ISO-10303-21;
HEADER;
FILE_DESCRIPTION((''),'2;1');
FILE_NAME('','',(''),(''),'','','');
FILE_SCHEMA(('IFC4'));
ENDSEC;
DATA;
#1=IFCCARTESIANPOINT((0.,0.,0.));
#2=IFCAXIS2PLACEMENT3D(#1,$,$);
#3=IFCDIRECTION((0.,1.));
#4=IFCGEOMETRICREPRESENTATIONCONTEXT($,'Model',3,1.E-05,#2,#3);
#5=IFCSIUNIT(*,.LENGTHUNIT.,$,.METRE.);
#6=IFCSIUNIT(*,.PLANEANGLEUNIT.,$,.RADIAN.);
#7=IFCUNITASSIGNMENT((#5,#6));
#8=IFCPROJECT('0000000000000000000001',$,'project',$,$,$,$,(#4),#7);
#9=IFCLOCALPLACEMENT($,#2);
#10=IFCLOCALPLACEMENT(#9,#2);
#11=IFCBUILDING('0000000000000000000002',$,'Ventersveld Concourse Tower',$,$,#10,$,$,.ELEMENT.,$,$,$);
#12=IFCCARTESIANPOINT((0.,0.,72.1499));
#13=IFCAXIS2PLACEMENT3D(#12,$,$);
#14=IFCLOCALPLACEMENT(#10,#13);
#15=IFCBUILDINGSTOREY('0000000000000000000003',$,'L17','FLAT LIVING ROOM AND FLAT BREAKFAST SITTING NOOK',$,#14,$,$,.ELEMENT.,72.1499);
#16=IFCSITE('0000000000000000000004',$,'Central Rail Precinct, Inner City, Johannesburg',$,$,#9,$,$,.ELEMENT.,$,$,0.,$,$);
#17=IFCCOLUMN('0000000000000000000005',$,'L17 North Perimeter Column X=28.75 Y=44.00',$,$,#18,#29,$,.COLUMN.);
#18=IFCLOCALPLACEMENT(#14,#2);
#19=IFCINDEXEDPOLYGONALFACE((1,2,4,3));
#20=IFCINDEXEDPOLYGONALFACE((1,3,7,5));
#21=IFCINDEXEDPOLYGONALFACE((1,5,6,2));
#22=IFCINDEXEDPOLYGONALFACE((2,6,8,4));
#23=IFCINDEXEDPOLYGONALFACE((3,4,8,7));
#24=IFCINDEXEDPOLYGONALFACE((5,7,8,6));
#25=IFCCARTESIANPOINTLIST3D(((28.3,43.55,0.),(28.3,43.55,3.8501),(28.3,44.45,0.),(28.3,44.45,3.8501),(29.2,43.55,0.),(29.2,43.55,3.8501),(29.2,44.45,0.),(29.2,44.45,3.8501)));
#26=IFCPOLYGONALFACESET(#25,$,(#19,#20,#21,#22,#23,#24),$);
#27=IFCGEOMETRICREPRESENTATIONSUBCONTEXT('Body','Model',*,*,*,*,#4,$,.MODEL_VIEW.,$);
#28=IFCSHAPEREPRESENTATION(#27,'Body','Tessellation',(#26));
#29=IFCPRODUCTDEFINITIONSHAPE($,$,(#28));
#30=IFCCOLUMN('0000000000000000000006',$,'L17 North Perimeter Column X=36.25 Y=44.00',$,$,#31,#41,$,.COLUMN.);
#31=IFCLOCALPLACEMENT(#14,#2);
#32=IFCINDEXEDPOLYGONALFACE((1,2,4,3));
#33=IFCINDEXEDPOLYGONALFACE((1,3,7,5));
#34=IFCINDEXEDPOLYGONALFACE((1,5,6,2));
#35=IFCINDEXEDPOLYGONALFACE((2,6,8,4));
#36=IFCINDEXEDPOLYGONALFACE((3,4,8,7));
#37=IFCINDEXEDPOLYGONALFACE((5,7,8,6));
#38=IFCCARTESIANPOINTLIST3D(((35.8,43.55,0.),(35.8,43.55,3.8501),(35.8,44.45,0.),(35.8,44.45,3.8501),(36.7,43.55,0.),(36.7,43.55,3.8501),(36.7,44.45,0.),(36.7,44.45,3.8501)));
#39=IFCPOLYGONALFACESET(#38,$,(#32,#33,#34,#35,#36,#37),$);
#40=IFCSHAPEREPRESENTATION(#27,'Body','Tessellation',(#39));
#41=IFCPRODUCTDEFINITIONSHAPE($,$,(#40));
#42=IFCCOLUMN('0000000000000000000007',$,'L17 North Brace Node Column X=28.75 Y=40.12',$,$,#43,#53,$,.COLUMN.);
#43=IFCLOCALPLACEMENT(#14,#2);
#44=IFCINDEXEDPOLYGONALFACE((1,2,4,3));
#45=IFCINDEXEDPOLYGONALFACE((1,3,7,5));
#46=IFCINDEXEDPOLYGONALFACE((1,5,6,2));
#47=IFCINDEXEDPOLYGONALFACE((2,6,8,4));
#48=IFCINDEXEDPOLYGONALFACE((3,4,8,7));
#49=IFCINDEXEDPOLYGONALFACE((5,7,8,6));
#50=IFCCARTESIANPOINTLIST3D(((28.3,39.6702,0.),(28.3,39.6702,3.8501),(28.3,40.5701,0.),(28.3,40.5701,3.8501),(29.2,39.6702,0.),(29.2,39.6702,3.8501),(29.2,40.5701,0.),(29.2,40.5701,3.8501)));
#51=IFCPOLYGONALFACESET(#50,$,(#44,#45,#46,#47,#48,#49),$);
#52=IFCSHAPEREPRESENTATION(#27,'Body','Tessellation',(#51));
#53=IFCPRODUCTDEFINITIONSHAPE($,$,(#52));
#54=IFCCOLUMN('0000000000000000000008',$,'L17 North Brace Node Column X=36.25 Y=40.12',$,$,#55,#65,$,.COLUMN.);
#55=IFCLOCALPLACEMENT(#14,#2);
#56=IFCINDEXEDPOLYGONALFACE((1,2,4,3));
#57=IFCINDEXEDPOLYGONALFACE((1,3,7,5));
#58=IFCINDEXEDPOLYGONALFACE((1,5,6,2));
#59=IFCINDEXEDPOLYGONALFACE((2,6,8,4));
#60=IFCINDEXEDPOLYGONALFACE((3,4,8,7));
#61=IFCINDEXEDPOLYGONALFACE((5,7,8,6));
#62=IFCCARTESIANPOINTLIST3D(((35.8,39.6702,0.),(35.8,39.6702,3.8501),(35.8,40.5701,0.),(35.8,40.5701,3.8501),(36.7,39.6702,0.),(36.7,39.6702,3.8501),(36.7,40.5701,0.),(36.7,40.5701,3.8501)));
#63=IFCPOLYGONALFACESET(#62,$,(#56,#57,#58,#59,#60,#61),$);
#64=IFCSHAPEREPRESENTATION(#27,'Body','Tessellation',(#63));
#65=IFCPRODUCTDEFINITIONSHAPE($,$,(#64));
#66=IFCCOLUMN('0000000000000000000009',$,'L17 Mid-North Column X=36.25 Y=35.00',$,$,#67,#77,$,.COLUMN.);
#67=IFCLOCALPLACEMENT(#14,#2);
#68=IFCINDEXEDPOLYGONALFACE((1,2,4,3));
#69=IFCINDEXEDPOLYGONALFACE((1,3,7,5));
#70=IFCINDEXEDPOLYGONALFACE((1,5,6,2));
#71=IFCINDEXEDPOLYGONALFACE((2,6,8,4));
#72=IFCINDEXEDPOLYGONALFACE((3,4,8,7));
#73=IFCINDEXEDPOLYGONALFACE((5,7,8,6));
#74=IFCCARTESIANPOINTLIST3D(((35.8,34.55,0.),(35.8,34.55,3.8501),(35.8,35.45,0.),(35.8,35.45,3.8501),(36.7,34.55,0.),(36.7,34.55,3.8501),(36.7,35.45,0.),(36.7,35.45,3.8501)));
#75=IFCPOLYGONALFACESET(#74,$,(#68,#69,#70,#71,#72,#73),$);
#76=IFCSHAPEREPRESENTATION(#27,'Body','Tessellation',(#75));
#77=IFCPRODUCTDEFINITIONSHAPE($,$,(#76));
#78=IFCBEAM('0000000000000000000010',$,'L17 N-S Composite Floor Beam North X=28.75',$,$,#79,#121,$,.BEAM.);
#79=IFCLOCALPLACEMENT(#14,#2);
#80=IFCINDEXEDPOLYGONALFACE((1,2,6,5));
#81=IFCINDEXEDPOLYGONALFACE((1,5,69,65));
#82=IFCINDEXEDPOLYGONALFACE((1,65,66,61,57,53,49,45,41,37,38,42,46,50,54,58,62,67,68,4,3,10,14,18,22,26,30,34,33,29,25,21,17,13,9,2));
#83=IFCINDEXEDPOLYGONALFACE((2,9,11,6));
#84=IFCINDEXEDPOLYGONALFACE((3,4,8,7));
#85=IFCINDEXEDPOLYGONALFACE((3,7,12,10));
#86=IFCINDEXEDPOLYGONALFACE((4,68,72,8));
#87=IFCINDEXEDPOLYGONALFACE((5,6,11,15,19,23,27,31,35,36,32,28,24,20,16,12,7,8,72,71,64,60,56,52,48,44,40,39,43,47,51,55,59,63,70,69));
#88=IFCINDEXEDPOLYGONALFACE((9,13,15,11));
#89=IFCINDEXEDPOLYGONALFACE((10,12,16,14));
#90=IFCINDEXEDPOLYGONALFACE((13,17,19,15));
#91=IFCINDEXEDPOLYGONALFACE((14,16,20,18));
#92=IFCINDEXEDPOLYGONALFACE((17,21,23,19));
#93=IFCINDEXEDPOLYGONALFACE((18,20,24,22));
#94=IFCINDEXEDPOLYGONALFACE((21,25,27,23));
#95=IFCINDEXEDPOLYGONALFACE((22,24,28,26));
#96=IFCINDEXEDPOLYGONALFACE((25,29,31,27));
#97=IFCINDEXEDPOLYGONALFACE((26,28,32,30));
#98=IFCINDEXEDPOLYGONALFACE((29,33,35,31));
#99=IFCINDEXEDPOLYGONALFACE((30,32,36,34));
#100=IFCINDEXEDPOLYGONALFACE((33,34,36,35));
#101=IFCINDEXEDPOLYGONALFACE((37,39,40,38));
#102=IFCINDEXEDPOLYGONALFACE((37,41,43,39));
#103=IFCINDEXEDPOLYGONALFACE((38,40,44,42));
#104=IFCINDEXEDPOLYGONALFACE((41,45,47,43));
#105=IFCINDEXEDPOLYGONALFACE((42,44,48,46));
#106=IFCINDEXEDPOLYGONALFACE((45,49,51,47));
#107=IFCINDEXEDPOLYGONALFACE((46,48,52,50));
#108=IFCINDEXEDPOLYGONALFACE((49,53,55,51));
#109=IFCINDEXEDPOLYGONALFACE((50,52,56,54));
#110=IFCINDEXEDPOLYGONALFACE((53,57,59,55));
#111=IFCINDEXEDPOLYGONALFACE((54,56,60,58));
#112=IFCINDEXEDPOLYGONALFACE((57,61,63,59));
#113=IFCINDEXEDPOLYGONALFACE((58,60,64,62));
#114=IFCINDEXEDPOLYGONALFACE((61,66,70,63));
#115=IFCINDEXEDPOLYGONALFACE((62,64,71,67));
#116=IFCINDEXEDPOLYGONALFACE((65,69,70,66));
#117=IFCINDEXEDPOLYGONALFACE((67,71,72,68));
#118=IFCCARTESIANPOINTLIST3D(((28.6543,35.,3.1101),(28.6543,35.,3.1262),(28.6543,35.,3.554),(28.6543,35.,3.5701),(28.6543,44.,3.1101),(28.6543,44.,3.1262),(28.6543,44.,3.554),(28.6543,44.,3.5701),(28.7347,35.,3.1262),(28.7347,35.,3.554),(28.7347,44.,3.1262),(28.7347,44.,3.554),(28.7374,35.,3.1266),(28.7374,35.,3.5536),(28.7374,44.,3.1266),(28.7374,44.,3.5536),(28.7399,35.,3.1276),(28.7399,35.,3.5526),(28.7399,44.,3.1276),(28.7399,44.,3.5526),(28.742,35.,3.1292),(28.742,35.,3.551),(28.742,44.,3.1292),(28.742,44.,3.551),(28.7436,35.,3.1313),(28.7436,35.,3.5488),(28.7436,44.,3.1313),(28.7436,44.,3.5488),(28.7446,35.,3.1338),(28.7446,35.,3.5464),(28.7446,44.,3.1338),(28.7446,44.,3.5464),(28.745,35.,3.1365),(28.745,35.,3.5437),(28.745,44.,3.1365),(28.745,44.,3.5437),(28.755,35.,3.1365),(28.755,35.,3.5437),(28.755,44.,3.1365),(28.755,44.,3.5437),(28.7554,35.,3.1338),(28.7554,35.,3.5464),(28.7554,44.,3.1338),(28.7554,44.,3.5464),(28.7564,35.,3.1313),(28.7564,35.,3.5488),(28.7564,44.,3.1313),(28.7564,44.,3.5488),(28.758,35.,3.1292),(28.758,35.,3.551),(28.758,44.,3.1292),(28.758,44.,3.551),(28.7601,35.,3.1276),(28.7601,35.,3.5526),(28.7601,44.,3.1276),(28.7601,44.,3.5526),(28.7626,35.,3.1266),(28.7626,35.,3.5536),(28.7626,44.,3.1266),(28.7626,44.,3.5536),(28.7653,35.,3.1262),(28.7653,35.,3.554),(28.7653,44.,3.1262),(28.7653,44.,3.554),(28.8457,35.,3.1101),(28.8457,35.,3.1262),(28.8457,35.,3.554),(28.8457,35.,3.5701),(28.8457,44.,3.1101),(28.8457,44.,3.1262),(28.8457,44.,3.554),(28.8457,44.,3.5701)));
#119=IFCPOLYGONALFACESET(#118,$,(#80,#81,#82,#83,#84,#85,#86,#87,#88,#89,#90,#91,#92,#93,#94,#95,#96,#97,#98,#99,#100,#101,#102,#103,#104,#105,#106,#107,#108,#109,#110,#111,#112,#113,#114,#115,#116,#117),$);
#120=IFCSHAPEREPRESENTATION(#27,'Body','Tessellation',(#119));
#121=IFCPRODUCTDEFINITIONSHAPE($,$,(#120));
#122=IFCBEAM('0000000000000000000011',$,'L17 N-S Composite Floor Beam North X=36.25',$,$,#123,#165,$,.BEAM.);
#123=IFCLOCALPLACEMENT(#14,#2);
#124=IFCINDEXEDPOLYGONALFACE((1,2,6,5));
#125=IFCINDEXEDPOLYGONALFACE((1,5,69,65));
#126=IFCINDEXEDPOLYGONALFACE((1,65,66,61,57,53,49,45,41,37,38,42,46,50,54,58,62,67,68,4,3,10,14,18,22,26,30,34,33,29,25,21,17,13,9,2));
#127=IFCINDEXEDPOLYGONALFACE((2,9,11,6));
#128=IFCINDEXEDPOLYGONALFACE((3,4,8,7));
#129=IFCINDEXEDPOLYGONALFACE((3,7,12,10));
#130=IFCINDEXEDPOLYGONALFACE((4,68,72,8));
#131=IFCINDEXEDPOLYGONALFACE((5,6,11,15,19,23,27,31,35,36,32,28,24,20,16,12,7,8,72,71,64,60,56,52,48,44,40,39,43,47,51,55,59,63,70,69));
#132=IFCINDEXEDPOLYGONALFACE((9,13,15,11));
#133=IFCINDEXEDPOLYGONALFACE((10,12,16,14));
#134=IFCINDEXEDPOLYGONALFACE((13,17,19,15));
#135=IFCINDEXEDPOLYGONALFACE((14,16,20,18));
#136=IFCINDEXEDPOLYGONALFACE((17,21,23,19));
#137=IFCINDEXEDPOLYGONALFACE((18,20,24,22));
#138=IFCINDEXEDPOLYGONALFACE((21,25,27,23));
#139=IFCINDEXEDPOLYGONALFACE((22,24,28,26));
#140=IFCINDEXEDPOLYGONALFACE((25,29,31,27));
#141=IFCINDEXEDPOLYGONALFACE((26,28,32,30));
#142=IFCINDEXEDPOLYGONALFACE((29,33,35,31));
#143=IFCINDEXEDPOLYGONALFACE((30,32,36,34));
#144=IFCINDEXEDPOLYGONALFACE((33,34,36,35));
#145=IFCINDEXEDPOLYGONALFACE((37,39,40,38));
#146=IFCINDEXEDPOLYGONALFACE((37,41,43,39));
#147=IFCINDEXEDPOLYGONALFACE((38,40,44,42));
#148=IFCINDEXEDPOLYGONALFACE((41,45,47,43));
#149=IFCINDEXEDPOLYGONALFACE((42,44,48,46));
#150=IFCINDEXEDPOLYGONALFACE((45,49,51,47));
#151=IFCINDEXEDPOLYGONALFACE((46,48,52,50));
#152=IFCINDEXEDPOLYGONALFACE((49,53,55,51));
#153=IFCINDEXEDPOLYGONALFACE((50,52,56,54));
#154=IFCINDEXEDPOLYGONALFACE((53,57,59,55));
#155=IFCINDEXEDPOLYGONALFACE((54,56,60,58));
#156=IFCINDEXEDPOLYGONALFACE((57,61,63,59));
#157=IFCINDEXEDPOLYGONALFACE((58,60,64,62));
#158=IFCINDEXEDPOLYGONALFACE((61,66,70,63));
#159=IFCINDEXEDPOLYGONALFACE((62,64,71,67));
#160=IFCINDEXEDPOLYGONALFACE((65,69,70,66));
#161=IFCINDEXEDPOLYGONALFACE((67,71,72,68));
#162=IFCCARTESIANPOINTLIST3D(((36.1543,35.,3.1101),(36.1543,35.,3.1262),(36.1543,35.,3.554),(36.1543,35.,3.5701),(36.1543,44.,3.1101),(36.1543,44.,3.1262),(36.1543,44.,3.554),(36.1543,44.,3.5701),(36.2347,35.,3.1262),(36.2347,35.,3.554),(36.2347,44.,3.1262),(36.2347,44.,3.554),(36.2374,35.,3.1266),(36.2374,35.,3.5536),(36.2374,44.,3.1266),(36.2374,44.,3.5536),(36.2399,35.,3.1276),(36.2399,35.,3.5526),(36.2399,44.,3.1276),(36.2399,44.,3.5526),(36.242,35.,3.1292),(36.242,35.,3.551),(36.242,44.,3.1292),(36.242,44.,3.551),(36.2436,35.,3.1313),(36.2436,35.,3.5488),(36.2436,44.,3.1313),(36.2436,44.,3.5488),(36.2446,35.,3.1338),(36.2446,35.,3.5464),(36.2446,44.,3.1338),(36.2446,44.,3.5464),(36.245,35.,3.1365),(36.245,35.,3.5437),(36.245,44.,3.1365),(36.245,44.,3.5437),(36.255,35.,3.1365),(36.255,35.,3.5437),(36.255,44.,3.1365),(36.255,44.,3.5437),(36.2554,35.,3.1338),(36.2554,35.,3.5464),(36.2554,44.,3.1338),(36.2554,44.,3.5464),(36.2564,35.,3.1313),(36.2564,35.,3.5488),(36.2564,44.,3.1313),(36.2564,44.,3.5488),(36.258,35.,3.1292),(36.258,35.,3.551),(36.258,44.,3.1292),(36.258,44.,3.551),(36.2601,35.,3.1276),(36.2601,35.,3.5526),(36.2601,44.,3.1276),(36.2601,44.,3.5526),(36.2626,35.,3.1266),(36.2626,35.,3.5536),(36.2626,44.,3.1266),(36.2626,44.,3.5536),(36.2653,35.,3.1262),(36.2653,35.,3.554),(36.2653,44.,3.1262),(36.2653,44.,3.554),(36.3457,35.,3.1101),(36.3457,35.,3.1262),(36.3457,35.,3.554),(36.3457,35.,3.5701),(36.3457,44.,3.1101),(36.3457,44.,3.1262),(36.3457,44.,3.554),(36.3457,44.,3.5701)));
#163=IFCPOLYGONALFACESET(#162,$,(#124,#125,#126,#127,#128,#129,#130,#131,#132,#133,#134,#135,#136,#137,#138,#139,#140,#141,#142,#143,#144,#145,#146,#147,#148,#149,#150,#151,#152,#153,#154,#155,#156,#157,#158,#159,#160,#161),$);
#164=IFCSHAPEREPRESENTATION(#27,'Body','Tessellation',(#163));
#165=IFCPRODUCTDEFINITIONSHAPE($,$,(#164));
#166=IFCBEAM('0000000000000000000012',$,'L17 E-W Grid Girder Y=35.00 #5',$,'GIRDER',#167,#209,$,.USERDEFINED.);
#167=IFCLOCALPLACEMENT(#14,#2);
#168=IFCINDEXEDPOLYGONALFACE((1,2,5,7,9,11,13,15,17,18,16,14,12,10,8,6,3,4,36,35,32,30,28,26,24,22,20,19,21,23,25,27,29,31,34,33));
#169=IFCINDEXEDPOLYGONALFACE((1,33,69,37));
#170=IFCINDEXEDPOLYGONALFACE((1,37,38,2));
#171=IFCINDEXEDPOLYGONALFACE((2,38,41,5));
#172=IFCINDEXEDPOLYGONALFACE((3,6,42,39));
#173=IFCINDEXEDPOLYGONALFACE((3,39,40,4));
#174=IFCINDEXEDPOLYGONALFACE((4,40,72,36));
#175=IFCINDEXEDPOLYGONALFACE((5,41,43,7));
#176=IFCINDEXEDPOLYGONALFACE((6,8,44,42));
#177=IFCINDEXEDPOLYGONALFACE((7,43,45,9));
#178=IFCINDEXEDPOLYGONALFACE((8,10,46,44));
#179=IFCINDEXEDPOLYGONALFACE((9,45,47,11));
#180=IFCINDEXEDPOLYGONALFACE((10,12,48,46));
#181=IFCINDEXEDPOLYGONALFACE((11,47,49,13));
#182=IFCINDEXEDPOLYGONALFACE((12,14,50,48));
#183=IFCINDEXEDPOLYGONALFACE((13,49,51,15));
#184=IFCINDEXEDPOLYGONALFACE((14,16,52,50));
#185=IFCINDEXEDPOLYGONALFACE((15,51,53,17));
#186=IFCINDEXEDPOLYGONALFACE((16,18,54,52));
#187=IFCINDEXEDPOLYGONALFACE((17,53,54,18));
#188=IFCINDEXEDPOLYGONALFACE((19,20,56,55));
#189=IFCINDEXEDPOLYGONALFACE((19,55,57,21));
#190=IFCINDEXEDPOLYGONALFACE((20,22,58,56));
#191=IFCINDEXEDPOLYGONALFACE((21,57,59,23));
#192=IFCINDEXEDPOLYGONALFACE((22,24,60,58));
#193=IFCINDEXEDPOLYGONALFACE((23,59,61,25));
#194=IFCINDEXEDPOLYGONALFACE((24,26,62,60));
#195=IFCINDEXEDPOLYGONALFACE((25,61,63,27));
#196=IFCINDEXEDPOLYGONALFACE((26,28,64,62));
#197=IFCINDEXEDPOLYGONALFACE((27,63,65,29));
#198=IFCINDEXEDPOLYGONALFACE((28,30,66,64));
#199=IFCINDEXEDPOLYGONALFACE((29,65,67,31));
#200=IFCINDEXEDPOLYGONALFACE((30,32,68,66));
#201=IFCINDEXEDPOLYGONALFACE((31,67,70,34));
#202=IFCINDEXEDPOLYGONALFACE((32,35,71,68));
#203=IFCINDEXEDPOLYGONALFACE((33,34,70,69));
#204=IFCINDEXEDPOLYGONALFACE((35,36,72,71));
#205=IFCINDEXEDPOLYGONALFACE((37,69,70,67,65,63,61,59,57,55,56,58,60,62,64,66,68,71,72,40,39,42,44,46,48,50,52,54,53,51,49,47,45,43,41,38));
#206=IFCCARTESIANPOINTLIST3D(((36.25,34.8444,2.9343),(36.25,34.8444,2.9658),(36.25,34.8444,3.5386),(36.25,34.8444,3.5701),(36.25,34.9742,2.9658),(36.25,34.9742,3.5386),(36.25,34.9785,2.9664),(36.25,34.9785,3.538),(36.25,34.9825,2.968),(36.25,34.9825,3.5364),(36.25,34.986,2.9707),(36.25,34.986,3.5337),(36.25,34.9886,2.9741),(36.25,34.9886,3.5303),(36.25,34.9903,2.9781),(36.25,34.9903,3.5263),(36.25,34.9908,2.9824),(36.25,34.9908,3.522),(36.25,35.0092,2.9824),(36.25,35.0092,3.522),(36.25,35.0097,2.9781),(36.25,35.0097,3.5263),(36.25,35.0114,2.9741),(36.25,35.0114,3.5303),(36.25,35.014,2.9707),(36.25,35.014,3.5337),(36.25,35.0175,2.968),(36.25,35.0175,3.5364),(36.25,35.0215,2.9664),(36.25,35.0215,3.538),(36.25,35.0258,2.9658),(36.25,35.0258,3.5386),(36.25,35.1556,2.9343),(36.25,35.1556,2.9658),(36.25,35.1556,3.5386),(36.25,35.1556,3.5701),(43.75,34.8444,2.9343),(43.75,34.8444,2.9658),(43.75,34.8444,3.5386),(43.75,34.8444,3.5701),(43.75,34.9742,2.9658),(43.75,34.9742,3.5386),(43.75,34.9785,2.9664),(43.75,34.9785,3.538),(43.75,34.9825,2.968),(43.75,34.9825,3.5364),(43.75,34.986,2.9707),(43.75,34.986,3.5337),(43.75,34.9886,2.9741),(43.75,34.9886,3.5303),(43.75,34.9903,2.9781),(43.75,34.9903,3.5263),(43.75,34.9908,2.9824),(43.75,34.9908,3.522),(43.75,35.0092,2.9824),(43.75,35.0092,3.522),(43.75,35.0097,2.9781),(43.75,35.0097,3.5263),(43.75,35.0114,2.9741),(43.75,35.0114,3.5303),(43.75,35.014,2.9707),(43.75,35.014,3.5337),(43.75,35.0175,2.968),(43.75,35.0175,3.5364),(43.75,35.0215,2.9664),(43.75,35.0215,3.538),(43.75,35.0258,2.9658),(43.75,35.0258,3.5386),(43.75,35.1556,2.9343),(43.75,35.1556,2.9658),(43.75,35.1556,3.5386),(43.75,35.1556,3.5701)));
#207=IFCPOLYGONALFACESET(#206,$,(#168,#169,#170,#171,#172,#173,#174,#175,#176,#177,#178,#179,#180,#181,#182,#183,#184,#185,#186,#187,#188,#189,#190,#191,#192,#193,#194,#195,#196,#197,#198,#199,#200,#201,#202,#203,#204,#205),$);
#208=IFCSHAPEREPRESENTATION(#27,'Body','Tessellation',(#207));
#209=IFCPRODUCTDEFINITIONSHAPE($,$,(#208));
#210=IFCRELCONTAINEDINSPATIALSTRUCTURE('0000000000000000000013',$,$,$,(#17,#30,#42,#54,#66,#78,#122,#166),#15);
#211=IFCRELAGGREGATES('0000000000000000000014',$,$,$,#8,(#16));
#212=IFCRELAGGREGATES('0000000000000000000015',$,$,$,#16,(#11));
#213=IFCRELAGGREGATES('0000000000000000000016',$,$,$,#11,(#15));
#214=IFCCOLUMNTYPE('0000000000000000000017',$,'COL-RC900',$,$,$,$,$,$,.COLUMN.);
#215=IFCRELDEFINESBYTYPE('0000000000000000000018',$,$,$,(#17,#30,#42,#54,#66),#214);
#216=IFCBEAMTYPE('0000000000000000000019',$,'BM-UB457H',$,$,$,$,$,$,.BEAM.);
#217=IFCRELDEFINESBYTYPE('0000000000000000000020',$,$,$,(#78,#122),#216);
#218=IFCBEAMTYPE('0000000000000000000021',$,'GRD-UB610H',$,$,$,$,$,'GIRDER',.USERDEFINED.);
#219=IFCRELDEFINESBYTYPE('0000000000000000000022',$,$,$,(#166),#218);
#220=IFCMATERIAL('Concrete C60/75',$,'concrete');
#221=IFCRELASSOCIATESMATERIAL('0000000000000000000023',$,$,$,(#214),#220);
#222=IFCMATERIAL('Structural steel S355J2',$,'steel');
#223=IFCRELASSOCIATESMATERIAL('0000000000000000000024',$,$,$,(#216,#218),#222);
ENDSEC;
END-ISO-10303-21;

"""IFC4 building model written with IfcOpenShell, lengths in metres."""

from ifc_helpers import new_model, si_unit, direction, frame, origin, origin_2d, place, context, subcontext, project, spatial, rectangle, i_section, extrude, material, material_profile, profile_set, type_object, element, save


model = new_model("IFC4")

# Units and contexts
model_context = context("Model", 3, precision=1e-05, world=origin(), true_north=direction((0.0, 1.0)))
body_context = subcontext(model_context, "Body", "Model", "MODEL_VIEW")
ifc_project = project(units=[si_unit("LENGTHUNIT", "METRE"), si_unit("PLANEANGLEUNIT", "RADIAN")], contexts=[model_context])

# Site, building, storey
site_placement = place(None, origin())
site = spatial("IfcSite", under=ifc_project, at=site_placement, Name="Central Rail Precinct, Inner City, Johannesburg", CompositionType="ELEMENT", RefElevation=0.0)
building_placement = place(site_placement, origin())
building = spatial("IfcBuilding", under=site, at=building_placement, Name="Ventersveld Concourse Tower", CompositionType="ELEMENT")
storey_placement = place(building_placement, frame((0.0, 0.0, 72.1499)))
storey = spatial("IfcBuildingStorey", under=building, at=storey_placement, Name="L17", Description="FLAT LIVING ROOM AND FLAT BREAKFAST SITTING NOOK", CompositionType="ELEMENT", Elevation=72.1499)

# Columns
ifc_material_1 = material(Name="Concrete C60/75", Category="concrete")
ifc_material_profile_1 = material_profile(ifc_material_1, rectangle(XDim=0.8999, YDim=0.8999, at=origin_2d()), Name="RC 900x900")
ifc_profile_set_1 = profile_set([ifc_material_profile_1], Name="Concrete C60/75")
column_type = type_object("IfcColumnType", Name="COL-RC900", PredefinedType="COLUMN", material=ifc_profile_set_1)
for number, where, z_axis, x_axis, name in (
    (1, (28.75, 44.0, 0.0), (0.0, 0.0, 1.0), (1.0, 0.0, 0.0), "L17 North Perimeter Column X=28.75 Y=44.00"),
    (2, (36.25, 44.0, 0.0), (0.0, 0.0, 1.0), (1.0, 0.0, 0.0), "L17 North Perimeter Column X=36.25 Y=44.00"),
    (3, (28.75, 40.1201, 0.0), (0.0, 0.0, 1.0), (1.0, 0.0, 0.0), "L17 North Brace Node Column X=28.75 Y=40.12"),
    (4, (36.25, 40.1201, 0.0), (0.0, 0.0, 1.0), (1.0, 0.0, 0.0), "L17 North Brace Node Column X=36.25 Y=40.12"),
    (5, (36.25, 35.0, 0.0), (0.0, 0.0, 1.0), (1.0, 0.0, 0.0), "L17 Mid-North Column X=36.25 Y=35.00"),
):
    element("IfcColumn", number, at=place(storey_placement, frame(where, z_axis=z_axis, x_axis=x_axis)), inside=storey, type_object=column_type, Name=name, PredefinedType="COLUMN", context=body_context, shape_type="SweptSolid", body=[
        extrude(rectangle(XDim=0.8999, YDim=0.8999, at=origin_2d()), origin(), (0.0, 0.0, 1.0), 3.8501),
    ])

# Beams
ifc_material_2 = material(Name="Structural steel S355J2", Category="steel")
ifc_material_profile_2 = material_profile(ifc_material_2, i_section(OverallWidth=0.1914, OverallDepth=0.46, WebThickness=0.01, FlangeThickness=0.0161, FilletRadius=0.0103, at=origin_2d()), Name="UB 457x191x82")
ifc_profile_set_2 = profile_set([ifc_material_profile_2], Name="Structural steel S355J2")
beam_type_1 = type_object("IfcBeamType", Name="BM-UB457H", PredefinedType="BEAM", material=ifc_profile_set_2)
for number, where, z_axis, x_axis, name in (
    (6, (28.75, 35.0, 3.3401), (0.0, 1.0, 0.0), (-1.0, 0.0, 0.0), "L17 N-S Composite Floor Beam North X=28.75"),
    (7, (36.25, 35.0, 3.3401), (0.0, 1.0, 0.0), (-1.0, 0.0, 0.0), "L17 N-S Composite Floor Beam North X=36.25"),
):
    element("IfcBeam", number, at=place(storey_placement, frame(where, z_axis=z_axis, x_axis=x_axis)), inside=storey, type_object=beam_type_1, Name=name, PredefinedType="BEAM", context=body_context, shape_type="SweptSolid", body=[
        extrude(i_section(OverallWidth=0.1914, OverallDepth=0.46, WebThickness=0.01, FlangeThickness=0.0161, FilletRadius=0.0103, at=origin_2d()), origin(), (0.0, 0.0, 1.0), 9.0),
    ])
ifc_material_profile_3 = material_profile(ifc_material_2, i_section(OverallWidth=0.3113, OverallDepth=0.6357, WebThickness=0.0183, FlangeThickness=0.0315, FilletRadius=0.0166, at=origin_2d()), Name="UB 610x305x238")
ifc_profile_set_3 = profile_set([ifc_material_profile_3], Name="Structural steel S355J2")
beam_type_2 = type_object("IfcBeamType", Name="GRD-UB610H", ElementType="GIRDER", PredefinedType="USERDEFINED", material=ifc_profile_set_3)
beam_placement = place(storey_placement, frame((36.25, 35.0, 3.2522), z_axis=(1.0, 0.0, 0.0), x_axis=(0.0, 1.0, 0.0)))
element("IfcBeam", 8, at=beam_placement, inside=storey, type_object=beam_type_2, Name="L17 E-W Grid Girder Y=35.00 #5", ObjectType="GIRDER", PredefinedType="USERDEFINED", context=body_context, shape_type="SweptSolid", body=[
    extrude(i_section(OverallWidth=0.3113, OverallDepth=0.6357, WebThickness=0.0183, FlangeThickness=0.0315, FilletRadius=0.0166, at=origin_2d()), origin(), (0.0, 0.0, 1.0), 7.5),
])

save(model, "model.ifc")
